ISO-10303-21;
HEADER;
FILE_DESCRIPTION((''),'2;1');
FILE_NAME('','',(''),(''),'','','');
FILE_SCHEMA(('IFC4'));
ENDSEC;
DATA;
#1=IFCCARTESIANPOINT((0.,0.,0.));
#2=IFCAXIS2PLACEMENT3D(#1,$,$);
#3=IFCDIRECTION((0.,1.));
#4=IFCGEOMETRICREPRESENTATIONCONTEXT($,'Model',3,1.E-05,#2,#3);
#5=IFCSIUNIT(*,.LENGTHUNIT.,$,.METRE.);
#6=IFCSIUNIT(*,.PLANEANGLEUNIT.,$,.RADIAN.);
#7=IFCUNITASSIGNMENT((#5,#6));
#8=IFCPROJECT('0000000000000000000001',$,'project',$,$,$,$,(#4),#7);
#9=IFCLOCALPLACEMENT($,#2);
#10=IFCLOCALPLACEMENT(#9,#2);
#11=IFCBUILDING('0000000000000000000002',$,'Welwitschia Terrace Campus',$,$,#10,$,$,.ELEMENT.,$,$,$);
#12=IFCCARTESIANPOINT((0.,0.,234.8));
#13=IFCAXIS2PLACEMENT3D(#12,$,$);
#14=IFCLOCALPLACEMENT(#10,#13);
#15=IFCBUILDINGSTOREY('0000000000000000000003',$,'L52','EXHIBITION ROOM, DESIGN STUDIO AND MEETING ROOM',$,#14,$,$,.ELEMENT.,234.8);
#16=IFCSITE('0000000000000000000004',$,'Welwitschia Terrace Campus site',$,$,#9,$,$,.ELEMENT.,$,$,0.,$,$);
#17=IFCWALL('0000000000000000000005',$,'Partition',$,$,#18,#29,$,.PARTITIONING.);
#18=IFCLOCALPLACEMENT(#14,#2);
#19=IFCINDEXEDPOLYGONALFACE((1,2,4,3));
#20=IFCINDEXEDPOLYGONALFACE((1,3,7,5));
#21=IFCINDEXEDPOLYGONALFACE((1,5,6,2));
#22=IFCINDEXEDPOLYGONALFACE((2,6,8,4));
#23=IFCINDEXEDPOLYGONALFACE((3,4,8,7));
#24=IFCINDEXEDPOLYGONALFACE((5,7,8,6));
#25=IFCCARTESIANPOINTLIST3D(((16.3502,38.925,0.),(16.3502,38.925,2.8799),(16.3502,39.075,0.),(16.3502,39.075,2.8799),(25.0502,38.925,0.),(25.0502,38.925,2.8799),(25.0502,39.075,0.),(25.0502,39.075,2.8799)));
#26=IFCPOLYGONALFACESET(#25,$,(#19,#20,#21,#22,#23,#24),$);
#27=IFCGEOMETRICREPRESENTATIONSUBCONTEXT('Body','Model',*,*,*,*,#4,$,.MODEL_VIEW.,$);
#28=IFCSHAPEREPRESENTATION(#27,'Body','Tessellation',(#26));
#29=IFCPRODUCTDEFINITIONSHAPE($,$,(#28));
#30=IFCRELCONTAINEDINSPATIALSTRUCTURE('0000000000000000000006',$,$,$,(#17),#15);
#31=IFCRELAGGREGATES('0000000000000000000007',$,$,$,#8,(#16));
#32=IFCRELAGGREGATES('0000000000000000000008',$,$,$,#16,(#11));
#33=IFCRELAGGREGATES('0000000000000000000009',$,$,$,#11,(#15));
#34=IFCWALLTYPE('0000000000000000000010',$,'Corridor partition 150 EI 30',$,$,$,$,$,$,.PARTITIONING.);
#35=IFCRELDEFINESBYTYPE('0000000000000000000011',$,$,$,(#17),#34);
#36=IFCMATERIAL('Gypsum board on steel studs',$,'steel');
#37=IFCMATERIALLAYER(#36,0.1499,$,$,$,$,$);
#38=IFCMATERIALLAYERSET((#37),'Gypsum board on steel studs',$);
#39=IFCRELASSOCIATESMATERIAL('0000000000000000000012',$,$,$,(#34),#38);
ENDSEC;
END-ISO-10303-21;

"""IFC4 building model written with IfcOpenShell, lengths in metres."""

from ifc_helpers import new_model, si_unit, direction, frame, frame_2d, origin, place, context, subcontext, project, spatial, rectangle, extrude, material, layer, layer_set, type_object, element, save


model = new_model("IFC4")

# Units and contexts
model_context = context("Model", 3, precision=1e-05, world=origin(), true_north=direction((0.0, 1.0)))
body_context = subcontext(model_context, "Body", "Model", "MODEL_VIEW")
ifc_project = project(units=[si_unit("LENGTHUNIT", "METRE"), si_unit("PLANEANGLEUNIT", "RADIAN")], contexts=[model_context])

# Site, building, storey
site_placement = place(None, origin())
site = spatial("IfcSite", under=ifc_project, at=site_placement, Name="Welwitschia Terrace Campus site", CompositionType="ELEMENT", RefElevation=0.0)
building_placement = place(site_placement, origin())
building = spatial("IfcBuilding", under=site, at=building_placement, Name="Welwitschia Terrace Campus", CompositionType="ELEMENT")
storey_placement = place(building_placement, frame((0.0, 0.0, 234.8)))
storey = spatial("IfcBuildingStorey", under=building, at=storey_placement, Name="L52", Description="EXHIBITION ROOM, DESIGN STUDIO AND MEETING ROOM", CompositionType="ELEMENT", Elevation=234.8)

# Shared definitions
ifc_material_1 = material(Name="Gypsum board on steel studs", Category="steel")
ifc_layer_1 = layer(ifc_material_1, 0.1499)
ifc_layer_set_1 = layer_set([ifc_layer_1], Name="Gypsum board on steel studs")
wall_type = type_object("IfcWallType", Name="Corridor partition 150 EI 30", PredefinedType="PARTITIONING", material=ifc_layer_set_1)

# Wall
wall_1_placement = place(storey_placement, frame((16.3501, 39.0, 0.0), z_axis=(0.0, 0.0, 1.0), x_axis=(1.0, 0.0, 0.0)))
element("IfcWall", 1, at=wall_1_placement, inside=storey, type_object=wall_type, Name="Partition", PredefinedType="PARTITIONING", context=body_context, shape_type="SweptSolid", body=[
    extrude(rectangle(XDim=8.7, YDim=0.1499, at=frame_2d((4.3501, 0.0))), origin(), (0.0, 0.0, 1.0), 2.8799),
])

save(model, "model.ifc")
